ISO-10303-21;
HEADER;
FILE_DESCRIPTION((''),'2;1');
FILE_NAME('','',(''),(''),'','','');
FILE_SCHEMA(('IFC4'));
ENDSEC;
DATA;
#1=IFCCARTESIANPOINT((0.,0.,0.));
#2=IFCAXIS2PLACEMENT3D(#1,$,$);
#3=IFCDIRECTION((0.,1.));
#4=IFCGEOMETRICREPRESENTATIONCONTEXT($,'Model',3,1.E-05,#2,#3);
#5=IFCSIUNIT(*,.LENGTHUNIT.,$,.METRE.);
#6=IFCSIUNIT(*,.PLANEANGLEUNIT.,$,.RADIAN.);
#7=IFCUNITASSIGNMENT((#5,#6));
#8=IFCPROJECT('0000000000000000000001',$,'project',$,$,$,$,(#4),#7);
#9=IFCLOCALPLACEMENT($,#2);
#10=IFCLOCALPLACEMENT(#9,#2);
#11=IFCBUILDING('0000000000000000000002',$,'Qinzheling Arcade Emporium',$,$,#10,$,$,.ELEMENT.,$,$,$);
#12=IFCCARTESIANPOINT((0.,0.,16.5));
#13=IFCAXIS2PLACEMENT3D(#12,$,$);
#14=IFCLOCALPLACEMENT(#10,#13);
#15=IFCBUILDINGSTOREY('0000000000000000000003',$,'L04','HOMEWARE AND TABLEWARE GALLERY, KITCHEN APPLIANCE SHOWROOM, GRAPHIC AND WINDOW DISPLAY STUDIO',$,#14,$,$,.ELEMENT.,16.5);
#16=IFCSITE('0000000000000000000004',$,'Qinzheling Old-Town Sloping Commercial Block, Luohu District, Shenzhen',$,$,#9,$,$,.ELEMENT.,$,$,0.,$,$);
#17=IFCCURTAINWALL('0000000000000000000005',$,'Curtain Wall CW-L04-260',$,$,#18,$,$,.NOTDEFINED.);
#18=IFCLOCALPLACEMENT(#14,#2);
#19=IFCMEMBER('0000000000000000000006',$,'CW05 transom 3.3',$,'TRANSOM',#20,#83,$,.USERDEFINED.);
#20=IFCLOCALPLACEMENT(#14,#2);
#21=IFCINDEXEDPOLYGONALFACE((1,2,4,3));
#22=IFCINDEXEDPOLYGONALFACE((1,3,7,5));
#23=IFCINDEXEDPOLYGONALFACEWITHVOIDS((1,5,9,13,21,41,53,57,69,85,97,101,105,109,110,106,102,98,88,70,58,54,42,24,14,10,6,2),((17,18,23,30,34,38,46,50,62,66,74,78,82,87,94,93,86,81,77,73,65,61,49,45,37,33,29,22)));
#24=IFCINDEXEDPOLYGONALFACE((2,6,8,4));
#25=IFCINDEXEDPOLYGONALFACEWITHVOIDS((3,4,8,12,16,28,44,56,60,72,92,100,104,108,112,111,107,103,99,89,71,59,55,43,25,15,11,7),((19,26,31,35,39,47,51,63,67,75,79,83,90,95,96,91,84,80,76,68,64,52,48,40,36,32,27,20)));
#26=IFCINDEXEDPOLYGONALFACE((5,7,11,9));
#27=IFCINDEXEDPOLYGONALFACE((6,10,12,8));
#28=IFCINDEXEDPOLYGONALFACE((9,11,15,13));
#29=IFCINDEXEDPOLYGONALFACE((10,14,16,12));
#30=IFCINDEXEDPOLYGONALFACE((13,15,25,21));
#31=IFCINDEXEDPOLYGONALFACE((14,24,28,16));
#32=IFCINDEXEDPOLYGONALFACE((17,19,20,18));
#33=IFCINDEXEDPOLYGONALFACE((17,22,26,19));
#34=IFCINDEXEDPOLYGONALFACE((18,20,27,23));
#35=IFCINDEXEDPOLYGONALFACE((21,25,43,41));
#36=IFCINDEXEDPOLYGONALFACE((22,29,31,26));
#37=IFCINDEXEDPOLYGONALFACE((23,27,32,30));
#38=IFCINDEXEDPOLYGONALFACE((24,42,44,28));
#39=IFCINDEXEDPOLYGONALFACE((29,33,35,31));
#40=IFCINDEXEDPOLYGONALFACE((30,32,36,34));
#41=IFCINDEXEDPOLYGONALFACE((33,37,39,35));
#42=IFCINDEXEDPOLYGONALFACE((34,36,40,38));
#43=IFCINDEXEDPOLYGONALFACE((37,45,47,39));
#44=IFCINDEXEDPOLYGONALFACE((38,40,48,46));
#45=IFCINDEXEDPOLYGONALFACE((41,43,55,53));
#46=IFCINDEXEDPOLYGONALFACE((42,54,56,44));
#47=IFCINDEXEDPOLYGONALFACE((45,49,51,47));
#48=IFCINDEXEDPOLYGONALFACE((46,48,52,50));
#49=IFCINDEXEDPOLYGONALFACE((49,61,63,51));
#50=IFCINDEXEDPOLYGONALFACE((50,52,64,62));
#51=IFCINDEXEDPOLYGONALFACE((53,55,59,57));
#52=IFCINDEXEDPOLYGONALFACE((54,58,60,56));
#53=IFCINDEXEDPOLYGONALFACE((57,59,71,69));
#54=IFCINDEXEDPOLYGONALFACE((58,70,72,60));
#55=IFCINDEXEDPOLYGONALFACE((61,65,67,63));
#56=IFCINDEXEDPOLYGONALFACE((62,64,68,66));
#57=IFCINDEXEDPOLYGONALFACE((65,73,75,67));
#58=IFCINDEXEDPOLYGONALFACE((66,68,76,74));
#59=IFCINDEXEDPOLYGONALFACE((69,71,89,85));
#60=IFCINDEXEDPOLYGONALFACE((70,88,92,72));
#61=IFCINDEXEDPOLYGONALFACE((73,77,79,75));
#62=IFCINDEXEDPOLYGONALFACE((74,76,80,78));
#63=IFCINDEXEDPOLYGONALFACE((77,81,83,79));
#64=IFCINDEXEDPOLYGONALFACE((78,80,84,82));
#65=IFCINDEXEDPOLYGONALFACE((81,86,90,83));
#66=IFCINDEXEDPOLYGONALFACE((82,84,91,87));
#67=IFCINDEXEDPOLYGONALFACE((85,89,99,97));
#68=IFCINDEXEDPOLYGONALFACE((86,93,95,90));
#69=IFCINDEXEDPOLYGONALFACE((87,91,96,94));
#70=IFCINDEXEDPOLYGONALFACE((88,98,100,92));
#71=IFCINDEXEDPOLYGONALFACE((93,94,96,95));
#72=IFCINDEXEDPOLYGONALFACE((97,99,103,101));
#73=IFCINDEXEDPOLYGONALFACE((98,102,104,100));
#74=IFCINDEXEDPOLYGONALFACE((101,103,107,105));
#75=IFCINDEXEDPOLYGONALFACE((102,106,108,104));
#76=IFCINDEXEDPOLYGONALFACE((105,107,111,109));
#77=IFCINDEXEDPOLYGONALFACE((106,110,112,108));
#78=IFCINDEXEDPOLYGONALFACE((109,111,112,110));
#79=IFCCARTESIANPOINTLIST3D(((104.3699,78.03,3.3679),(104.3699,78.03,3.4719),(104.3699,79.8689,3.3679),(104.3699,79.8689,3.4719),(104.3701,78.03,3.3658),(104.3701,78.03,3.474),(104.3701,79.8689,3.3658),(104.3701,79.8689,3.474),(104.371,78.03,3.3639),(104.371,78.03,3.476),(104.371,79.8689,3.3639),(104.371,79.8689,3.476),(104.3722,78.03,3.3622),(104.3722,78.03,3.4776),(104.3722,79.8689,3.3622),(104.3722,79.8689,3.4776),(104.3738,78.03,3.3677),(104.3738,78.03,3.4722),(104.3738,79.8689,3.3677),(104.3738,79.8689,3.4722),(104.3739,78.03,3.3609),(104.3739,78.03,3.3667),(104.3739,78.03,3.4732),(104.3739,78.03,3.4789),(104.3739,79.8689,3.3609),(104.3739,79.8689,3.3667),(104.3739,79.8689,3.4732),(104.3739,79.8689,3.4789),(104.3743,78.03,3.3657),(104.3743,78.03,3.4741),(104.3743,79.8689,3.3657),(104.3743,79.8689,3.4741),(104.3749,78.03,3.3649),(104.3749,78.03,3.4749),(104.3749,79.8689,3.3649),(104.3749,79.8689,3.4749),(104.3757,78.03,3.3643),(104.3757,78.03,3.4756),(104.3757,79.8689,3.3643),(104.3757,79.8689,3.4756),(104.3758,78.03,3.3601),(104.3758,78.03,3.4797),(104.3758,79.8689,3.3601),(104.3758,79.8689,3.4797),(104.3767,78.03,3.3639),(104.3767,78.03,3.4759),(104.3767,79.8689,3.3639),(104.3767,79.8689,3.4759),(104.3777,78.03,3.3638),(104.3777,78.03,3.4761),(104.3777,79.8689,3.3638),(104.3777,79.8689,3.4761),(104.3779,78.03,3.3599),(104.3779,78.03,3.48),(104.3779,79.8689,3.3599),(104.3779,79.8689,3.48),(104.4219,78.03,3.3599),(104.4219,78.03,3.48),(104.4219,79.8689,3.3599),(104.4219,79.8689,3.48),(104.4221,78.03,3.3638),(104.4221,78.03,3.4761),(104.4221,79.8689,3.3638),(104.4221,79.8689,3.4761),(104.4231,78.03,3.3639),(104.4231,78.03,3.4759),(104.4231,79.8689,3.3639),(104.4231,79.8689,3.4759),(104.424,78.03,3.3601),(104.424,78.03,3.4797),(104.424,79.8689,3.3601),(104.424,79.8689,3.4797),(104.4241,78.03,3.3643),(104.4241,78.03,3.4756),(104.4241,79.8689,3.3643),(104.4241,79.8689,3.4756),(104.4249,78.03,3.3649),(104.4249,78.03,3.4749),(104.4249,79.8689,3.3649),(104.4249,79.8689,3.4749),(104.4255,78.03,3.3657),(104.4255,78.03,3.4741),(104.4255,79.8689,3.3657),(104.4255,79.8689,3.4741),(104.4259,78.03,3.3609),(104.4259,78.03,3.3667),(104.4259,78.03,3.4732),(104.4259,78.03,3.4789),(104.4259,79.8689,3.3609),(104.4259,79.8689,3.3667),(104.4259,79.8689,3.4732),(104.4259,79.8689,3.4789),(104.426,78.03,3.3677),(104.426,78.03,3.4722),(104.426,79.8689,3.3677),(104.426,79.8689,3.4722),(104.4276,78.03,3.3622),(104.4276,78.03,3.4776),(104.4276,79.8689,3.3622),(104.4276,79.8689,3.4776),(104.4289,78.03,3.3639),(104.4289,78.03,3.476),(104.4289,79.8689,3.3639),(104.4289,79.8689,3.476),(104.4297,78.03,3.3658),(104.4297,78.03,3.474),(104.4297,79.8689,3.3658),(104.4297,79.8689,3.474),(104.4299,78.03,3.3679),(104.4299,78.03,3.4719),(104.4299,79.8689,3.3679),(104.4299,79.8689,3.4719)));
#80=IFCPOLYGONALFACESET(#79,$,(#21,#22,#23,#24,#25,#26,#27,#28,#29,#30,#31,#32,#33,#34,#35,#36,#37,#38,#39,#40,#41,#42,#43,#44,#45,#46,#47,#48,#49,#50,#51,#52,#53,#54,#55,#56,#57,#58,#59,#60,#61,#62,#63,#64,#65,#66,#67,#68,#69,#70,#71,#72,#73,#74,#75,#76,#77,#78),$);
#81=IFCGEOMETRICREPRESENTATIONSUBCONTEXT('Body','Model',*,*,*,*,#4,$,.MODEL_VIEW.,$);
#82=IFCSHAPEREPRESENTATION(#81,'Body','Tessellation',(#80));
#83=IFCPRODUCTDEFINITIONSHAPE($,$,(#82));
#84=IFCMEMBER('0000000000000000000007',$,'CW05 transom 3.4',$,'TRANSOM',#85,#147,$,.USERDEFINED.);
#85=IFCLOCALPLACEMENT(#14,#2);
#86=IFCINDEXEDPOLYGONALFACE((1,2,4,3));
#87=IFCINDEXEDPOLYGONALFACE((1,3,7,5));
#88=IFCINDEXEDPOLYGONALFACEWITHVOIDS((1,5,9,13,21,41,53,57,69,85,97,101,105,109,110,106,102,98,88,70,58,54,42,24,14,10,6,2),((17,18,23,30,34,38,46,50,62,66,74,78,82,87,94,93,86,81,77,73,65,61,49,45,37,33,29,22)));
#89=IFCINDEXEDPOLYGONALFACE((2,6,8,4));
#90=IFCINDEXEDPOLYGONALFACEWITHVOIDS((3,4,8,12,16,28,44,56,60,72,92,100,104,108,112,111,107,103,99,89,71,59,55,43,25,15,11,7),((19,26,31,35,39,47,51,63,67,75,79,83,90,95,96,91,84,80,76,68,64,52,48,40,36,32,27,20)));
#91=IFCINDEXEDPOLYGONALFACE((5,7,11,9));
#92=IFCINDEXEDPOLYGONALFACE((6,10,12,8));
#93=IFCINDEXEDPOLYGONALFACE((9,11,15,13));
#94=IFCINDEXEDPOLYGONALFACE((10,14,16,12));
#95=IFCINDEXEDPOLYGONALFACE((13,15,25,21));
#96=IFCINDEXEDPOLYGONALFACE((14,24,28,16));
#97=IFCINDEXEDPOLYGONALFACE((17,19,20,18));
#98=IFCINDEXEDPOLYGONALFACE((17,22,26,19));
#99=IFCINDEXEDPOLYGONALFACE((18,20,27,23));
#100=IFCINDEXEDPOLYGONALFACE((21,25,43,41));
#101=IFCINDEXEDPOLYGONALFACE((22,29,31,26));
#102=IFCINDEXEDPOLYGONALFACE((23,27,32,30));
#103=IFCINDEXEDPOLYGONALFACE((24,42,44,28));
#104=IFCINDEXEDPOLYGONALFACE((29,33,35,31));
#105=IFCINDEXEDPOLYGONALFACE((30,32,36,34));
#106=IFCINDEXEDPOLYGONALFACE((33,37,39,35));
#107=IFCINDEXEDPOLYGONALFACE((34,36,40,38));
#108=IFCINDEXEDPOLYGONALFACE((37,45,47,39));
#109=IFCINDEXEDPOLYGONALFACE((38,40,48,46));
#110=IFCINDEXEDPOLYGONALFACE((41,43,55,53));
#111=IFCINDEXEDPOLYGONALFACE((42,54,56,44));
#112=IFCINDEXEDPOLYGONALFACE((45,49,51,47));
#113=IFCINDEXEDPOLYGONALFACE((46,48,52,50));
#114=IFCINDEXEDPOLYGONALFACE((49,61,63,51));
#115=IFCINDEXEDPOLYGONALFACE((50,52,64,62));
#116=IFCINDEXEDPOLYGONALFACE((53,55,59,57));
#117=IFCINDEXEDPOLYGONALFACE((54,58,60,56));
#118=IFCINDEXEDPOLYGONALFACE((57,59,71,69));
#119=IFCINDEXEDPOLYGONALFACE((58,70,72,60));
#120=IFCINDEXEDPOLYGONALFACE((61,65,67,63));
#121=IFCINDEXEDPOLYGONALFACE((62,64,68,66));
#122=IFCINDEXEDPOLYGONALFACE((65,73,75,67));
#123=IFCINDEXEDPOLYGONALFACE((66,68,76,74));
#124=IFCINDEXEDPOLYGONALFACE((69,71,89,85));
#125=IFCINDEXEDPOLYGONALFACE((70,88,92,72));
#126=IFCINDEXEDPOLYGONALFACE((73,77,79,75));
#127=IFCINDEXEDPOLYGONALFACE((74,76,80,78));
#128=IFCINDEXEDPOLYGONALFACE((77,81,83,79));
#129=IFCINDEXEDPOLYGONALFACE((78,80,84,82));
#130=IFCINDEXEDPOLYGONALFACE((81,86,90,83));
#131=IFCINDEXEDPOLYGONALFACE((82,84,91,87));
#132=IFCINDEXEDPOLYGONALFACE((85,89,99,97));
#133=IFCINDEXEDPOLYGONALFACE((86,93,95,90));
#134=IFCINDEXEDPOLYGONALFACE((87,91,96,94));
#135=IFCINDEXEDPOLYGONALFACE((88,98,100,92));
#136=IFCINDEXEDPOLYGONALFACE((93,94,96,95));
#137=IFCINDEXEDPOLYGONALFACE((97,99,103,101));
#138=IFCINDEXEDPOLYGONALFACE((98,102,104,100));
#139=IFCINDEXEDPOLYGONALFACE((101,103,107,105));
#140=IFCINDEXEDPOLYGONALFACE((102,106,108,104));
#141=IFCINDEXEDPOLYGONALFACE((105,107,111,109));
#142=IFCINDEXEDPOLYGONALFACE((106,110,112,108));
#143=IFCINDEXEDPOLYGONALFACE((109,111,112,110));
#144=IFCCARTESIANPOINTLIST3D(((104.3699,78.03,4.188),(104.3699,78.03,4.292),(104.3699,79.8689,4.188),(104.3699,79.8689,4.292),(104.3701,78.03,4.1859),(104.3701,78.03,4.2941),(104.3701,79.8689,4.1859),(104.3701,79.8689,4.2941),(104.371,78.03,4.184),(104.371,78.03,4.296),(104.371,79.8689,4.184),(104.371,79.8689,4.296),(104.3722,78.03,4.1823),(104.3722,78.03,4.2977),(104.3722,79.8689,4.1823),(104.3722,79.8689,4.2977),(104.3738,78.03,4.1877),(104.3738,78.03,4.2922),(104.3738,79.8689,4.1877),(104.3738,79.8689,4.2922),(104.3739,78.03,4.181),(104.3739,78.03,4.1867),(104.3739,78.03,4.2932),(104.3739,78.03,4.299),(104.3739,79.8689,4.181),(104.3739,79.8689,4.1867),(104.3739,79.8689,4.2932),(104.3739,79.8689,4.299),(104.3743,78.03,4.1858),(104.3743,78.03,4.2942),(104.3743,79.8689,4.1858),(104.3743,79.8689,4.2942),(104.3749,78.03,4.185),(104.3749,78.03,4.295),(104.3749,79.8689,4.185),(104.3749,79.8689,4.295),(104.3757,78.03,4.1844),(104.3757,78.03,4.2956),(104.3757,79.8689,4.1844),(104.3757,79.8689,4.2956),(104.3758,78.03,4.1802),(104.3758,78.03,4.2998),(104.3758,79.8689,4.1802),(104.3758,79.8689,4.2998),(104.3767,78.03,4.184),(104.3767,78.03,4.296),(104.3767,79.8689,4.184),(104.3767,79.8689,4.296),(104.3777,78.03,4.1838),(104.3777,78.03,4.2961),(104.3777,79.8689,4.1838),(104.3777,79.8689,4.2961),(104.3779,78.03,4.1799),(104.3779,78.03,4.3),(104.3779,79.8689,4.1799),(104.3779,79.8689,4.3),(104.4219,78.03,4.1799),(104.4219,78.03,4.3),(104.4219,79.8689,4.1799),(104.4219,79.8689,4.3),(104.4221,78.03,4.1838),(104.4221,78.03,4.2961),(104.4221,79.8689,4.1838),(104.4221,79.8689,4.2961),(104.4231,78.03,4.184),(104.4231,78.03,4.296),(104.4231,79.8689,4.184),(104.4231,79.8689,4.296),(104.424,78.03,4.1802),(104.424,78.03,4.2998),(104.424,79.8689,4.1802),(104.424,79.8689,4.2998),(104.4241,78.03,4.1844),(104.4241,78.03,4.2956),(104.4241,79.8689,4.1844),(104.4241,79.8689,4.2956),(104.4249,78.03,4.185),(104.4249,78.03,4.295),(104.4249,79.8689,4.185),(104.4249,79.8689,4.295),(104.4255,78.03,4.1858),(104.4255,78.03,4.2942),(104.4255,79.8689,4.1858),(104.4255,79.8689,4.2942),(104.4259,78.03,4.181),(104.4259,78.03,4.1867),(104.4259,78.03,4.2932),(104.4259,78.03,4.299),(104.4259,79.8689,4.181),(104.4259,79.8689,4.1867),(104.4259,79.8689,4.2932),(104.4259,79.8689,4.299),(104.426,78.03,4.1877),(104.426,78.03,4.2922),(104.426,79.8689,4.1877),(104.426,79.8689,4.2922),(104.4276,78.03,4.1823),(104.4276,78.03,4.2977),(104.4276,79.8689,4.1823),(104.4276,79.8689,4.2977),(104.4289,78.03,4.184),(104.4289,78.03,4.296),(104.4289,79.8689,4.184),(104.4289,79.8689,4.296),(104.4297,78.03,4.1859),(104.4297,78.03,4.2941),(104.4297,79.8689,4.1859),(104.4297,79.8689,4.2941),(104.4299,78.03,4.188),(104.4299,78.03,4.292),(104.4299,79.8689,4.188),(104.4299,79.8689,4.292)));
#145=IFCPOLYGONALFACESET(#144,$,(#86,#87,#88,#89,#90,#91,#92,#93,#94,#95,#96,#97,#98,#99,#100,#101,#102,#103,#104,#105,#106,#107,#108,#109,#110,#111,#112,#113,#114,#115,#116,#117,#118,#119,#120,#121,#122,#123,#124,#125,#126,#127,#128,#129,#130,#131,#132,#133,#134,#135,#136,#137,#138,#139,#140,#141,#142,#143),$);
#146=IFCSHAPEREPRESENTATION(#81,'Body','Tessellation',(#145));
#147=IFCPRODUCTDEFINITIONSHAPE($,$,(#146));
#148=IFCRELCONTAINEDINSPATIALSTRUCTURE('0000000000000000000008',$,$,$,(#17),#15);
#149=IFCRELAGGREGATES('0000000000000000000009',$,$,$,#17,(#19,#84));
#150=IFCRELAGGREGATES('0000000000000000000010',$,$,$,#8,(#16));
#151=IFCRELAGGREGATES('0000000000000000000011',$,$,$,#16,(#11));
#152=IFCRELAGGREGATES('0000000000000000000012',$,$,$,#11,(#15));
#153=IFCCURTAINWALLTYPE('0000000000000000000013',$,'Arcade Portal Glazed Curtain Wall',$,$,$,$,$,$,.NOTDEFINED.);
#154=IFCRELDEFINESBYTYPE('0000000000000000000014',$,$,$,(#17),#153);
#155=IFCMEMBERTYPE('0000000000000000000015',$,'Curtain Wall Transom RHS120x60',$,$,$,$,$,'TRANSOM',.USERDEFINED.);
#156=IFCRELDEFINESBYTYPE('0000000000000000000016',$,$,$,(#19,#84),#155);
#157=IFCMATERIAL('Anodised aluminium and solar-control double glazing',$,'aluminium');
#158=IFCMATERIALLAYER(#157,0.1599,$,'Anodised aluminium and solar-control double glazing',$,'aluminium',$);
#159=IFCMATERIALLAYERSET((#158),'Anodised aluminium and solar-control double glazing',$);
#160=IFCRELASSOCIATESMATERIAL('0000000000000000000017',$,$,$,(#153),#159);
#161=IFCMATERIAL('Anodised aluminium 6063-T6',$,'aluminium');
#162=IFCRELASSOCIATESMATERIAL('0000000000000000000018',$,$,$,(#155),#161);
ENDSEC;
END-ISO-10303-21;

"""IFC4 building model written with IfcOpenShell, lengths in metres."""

from ifc_helpers import new_model, si_unit, direction, frame, origin, origin_2d, place, context, subcontext, project, spatial, hollow_rectangle, extrude, material, layer, layer_set, material_profile, profile_set, type_object, element, aggregate, save


model = new_model("IFC4")

# Units and contexts
model_context = context("Model", 3, precision=1e-05, world=origin(), true_north=direction((0.0, 1.0)))
body_context = subcontext(model_context, "Body", "Model", "MODEL_VIEW")
ifc_project = project(units=[si_unit("LENGTHUNIT", "METRE"), si_unit("PLANEANGLEUNIT", "RADIAN")], contexts=[model_context])

# Site, building, storey
site_placement = place(None, origin())
site = spatial("IfcSite", under=ifc_project, at=site_placement, Name="Qinzheling Old-Town Sloping Commercial Block, Luohu District, Shenzhen", CompositionType="ELEMENT", RefElevation=0.0)
building_placement = place(site_placement, origin())
building = spatial("IfcBuilding", under=site, at=building_placement, Name="Qinzheling Arcade Emporium", CompositionType="ELEMENT")
storey_placement = place(building_placement, frame((0.0, 0.0, 16.5)))
storey = spatial("IfcBuildingStorey", under=building, at=storey_placement, Name="L04", Description="HOMEWARE AND TABLEWARE GALLERY, KITCHEN APPLIANCE SHOWROOM, GRAPHIC AND WINDOW DISPLAY STUDIO", CompositionType="ELEMENT", Elevation=16.5)

# Curtain wall
ifc_material_1 = material(Name="Anodised aluminium and solar-control double glazing", Category="aluminium")
ifc_layer_1 = layer(ifc_material_1, 0.1599, Name="Anodised aluminium and solar-control double glazing", Category="aluminium")
ifc_layer_set_1 = layer_set([ifc_layer_1], Name="Anodised aluminium and solar-control double glazing")
curtain_wall_type = type_object("IfcCurtainWallType", Name="Arcade Portal Glazed Curtain Wall", PredefinedType="NOTDEFINED", material=ifc_layer_set_1)
curtain_wall_1_placement = place(storey_placement, origin())
curtain_wall_1 = element("IfcCurtainWall", 1, at=curtain_wall_1_placement, inside=storey, type_object=curtain_wall_type, Name="Curtain Wall CW-L04-260", PredefinedType="NOTDEFINED")
ifc_material_2 = material(Name="Anodised aluminium 6063-T6", Category="aluminium")

# Members
ifc_material_profile_1 = material_profile(ifc_material_2, hollow_rectangle(XDim=0.0601, YDim=0.1201, WallThickness=0.0039, InnerFilletRadius=0.0039, OuterFilletRadius=0.0081, at=origin_2d()), Name="RHS 120x60x4", Category="aluminium")
ifc_profile_set_1 = profile_set([ifc_material_profile_1], Name="Anodised aluminium 6063-T6")
member_type_1 = type_object("IfcMemberType", Name="Curtain Wall Transom RHS120x60", ElementType="TRANSOM", PredefinedType="USERDEFINED", material=ifc_profile_set_1)
member_1_placement = place(storey_placement, frame((104.3999, 78.03, 3.4199), z_axis=(0.0, 1.0, 0.0), x_axis=(-1.0, 0.0, 0.0)))
member_1 = element("IfcMember", 2, at=member_1_placement, type_object=member_type_1, Name="CW05 transom 3.3", ObjectType="TRANSOM", PredefinedType="USERDEFINED", context=body_context, shape_type="SweptSolid", body=[
    extrude(hollow_rectangle(XDim=0.0601, YDim=0.1201, WallThickness=0.0039, InnerFilletRadius=0.0039, OuterFilletRadius=0.0081, at=origin_2d()), origin(), (0.0, 0.0, 1.0), 1.8389),
])
member_2_placement = place(storey_placement, frame((104.3999, 78.03, 4.24), z_axis=(0.0, 1.0, 0.0), x_axis=(-1.0, 0.0, 0.0)))
member_2 = element("IfcMember", 3, at=member_2_placement, type_object=member_type_1, Name="CW05 transom 3.4", ObjectType="TRANSOM", PredefinedType="USERDEFINED", context=body_context, shape_type="SweptSolid", body=[
    extrude(hollow_rectangle(XDim=0.0601, YDim=0.1201, WallThickness=0.0039, InnerFilletRadius=0.0039, OuterFilletRadius=0.0081, at=origin_2d()), origin(), (0.0, 0.0, 1.0), 1.8389),
])

aggregate(curtain_wall_1, [member_1, member_2])

save(model, "model.ifc")
